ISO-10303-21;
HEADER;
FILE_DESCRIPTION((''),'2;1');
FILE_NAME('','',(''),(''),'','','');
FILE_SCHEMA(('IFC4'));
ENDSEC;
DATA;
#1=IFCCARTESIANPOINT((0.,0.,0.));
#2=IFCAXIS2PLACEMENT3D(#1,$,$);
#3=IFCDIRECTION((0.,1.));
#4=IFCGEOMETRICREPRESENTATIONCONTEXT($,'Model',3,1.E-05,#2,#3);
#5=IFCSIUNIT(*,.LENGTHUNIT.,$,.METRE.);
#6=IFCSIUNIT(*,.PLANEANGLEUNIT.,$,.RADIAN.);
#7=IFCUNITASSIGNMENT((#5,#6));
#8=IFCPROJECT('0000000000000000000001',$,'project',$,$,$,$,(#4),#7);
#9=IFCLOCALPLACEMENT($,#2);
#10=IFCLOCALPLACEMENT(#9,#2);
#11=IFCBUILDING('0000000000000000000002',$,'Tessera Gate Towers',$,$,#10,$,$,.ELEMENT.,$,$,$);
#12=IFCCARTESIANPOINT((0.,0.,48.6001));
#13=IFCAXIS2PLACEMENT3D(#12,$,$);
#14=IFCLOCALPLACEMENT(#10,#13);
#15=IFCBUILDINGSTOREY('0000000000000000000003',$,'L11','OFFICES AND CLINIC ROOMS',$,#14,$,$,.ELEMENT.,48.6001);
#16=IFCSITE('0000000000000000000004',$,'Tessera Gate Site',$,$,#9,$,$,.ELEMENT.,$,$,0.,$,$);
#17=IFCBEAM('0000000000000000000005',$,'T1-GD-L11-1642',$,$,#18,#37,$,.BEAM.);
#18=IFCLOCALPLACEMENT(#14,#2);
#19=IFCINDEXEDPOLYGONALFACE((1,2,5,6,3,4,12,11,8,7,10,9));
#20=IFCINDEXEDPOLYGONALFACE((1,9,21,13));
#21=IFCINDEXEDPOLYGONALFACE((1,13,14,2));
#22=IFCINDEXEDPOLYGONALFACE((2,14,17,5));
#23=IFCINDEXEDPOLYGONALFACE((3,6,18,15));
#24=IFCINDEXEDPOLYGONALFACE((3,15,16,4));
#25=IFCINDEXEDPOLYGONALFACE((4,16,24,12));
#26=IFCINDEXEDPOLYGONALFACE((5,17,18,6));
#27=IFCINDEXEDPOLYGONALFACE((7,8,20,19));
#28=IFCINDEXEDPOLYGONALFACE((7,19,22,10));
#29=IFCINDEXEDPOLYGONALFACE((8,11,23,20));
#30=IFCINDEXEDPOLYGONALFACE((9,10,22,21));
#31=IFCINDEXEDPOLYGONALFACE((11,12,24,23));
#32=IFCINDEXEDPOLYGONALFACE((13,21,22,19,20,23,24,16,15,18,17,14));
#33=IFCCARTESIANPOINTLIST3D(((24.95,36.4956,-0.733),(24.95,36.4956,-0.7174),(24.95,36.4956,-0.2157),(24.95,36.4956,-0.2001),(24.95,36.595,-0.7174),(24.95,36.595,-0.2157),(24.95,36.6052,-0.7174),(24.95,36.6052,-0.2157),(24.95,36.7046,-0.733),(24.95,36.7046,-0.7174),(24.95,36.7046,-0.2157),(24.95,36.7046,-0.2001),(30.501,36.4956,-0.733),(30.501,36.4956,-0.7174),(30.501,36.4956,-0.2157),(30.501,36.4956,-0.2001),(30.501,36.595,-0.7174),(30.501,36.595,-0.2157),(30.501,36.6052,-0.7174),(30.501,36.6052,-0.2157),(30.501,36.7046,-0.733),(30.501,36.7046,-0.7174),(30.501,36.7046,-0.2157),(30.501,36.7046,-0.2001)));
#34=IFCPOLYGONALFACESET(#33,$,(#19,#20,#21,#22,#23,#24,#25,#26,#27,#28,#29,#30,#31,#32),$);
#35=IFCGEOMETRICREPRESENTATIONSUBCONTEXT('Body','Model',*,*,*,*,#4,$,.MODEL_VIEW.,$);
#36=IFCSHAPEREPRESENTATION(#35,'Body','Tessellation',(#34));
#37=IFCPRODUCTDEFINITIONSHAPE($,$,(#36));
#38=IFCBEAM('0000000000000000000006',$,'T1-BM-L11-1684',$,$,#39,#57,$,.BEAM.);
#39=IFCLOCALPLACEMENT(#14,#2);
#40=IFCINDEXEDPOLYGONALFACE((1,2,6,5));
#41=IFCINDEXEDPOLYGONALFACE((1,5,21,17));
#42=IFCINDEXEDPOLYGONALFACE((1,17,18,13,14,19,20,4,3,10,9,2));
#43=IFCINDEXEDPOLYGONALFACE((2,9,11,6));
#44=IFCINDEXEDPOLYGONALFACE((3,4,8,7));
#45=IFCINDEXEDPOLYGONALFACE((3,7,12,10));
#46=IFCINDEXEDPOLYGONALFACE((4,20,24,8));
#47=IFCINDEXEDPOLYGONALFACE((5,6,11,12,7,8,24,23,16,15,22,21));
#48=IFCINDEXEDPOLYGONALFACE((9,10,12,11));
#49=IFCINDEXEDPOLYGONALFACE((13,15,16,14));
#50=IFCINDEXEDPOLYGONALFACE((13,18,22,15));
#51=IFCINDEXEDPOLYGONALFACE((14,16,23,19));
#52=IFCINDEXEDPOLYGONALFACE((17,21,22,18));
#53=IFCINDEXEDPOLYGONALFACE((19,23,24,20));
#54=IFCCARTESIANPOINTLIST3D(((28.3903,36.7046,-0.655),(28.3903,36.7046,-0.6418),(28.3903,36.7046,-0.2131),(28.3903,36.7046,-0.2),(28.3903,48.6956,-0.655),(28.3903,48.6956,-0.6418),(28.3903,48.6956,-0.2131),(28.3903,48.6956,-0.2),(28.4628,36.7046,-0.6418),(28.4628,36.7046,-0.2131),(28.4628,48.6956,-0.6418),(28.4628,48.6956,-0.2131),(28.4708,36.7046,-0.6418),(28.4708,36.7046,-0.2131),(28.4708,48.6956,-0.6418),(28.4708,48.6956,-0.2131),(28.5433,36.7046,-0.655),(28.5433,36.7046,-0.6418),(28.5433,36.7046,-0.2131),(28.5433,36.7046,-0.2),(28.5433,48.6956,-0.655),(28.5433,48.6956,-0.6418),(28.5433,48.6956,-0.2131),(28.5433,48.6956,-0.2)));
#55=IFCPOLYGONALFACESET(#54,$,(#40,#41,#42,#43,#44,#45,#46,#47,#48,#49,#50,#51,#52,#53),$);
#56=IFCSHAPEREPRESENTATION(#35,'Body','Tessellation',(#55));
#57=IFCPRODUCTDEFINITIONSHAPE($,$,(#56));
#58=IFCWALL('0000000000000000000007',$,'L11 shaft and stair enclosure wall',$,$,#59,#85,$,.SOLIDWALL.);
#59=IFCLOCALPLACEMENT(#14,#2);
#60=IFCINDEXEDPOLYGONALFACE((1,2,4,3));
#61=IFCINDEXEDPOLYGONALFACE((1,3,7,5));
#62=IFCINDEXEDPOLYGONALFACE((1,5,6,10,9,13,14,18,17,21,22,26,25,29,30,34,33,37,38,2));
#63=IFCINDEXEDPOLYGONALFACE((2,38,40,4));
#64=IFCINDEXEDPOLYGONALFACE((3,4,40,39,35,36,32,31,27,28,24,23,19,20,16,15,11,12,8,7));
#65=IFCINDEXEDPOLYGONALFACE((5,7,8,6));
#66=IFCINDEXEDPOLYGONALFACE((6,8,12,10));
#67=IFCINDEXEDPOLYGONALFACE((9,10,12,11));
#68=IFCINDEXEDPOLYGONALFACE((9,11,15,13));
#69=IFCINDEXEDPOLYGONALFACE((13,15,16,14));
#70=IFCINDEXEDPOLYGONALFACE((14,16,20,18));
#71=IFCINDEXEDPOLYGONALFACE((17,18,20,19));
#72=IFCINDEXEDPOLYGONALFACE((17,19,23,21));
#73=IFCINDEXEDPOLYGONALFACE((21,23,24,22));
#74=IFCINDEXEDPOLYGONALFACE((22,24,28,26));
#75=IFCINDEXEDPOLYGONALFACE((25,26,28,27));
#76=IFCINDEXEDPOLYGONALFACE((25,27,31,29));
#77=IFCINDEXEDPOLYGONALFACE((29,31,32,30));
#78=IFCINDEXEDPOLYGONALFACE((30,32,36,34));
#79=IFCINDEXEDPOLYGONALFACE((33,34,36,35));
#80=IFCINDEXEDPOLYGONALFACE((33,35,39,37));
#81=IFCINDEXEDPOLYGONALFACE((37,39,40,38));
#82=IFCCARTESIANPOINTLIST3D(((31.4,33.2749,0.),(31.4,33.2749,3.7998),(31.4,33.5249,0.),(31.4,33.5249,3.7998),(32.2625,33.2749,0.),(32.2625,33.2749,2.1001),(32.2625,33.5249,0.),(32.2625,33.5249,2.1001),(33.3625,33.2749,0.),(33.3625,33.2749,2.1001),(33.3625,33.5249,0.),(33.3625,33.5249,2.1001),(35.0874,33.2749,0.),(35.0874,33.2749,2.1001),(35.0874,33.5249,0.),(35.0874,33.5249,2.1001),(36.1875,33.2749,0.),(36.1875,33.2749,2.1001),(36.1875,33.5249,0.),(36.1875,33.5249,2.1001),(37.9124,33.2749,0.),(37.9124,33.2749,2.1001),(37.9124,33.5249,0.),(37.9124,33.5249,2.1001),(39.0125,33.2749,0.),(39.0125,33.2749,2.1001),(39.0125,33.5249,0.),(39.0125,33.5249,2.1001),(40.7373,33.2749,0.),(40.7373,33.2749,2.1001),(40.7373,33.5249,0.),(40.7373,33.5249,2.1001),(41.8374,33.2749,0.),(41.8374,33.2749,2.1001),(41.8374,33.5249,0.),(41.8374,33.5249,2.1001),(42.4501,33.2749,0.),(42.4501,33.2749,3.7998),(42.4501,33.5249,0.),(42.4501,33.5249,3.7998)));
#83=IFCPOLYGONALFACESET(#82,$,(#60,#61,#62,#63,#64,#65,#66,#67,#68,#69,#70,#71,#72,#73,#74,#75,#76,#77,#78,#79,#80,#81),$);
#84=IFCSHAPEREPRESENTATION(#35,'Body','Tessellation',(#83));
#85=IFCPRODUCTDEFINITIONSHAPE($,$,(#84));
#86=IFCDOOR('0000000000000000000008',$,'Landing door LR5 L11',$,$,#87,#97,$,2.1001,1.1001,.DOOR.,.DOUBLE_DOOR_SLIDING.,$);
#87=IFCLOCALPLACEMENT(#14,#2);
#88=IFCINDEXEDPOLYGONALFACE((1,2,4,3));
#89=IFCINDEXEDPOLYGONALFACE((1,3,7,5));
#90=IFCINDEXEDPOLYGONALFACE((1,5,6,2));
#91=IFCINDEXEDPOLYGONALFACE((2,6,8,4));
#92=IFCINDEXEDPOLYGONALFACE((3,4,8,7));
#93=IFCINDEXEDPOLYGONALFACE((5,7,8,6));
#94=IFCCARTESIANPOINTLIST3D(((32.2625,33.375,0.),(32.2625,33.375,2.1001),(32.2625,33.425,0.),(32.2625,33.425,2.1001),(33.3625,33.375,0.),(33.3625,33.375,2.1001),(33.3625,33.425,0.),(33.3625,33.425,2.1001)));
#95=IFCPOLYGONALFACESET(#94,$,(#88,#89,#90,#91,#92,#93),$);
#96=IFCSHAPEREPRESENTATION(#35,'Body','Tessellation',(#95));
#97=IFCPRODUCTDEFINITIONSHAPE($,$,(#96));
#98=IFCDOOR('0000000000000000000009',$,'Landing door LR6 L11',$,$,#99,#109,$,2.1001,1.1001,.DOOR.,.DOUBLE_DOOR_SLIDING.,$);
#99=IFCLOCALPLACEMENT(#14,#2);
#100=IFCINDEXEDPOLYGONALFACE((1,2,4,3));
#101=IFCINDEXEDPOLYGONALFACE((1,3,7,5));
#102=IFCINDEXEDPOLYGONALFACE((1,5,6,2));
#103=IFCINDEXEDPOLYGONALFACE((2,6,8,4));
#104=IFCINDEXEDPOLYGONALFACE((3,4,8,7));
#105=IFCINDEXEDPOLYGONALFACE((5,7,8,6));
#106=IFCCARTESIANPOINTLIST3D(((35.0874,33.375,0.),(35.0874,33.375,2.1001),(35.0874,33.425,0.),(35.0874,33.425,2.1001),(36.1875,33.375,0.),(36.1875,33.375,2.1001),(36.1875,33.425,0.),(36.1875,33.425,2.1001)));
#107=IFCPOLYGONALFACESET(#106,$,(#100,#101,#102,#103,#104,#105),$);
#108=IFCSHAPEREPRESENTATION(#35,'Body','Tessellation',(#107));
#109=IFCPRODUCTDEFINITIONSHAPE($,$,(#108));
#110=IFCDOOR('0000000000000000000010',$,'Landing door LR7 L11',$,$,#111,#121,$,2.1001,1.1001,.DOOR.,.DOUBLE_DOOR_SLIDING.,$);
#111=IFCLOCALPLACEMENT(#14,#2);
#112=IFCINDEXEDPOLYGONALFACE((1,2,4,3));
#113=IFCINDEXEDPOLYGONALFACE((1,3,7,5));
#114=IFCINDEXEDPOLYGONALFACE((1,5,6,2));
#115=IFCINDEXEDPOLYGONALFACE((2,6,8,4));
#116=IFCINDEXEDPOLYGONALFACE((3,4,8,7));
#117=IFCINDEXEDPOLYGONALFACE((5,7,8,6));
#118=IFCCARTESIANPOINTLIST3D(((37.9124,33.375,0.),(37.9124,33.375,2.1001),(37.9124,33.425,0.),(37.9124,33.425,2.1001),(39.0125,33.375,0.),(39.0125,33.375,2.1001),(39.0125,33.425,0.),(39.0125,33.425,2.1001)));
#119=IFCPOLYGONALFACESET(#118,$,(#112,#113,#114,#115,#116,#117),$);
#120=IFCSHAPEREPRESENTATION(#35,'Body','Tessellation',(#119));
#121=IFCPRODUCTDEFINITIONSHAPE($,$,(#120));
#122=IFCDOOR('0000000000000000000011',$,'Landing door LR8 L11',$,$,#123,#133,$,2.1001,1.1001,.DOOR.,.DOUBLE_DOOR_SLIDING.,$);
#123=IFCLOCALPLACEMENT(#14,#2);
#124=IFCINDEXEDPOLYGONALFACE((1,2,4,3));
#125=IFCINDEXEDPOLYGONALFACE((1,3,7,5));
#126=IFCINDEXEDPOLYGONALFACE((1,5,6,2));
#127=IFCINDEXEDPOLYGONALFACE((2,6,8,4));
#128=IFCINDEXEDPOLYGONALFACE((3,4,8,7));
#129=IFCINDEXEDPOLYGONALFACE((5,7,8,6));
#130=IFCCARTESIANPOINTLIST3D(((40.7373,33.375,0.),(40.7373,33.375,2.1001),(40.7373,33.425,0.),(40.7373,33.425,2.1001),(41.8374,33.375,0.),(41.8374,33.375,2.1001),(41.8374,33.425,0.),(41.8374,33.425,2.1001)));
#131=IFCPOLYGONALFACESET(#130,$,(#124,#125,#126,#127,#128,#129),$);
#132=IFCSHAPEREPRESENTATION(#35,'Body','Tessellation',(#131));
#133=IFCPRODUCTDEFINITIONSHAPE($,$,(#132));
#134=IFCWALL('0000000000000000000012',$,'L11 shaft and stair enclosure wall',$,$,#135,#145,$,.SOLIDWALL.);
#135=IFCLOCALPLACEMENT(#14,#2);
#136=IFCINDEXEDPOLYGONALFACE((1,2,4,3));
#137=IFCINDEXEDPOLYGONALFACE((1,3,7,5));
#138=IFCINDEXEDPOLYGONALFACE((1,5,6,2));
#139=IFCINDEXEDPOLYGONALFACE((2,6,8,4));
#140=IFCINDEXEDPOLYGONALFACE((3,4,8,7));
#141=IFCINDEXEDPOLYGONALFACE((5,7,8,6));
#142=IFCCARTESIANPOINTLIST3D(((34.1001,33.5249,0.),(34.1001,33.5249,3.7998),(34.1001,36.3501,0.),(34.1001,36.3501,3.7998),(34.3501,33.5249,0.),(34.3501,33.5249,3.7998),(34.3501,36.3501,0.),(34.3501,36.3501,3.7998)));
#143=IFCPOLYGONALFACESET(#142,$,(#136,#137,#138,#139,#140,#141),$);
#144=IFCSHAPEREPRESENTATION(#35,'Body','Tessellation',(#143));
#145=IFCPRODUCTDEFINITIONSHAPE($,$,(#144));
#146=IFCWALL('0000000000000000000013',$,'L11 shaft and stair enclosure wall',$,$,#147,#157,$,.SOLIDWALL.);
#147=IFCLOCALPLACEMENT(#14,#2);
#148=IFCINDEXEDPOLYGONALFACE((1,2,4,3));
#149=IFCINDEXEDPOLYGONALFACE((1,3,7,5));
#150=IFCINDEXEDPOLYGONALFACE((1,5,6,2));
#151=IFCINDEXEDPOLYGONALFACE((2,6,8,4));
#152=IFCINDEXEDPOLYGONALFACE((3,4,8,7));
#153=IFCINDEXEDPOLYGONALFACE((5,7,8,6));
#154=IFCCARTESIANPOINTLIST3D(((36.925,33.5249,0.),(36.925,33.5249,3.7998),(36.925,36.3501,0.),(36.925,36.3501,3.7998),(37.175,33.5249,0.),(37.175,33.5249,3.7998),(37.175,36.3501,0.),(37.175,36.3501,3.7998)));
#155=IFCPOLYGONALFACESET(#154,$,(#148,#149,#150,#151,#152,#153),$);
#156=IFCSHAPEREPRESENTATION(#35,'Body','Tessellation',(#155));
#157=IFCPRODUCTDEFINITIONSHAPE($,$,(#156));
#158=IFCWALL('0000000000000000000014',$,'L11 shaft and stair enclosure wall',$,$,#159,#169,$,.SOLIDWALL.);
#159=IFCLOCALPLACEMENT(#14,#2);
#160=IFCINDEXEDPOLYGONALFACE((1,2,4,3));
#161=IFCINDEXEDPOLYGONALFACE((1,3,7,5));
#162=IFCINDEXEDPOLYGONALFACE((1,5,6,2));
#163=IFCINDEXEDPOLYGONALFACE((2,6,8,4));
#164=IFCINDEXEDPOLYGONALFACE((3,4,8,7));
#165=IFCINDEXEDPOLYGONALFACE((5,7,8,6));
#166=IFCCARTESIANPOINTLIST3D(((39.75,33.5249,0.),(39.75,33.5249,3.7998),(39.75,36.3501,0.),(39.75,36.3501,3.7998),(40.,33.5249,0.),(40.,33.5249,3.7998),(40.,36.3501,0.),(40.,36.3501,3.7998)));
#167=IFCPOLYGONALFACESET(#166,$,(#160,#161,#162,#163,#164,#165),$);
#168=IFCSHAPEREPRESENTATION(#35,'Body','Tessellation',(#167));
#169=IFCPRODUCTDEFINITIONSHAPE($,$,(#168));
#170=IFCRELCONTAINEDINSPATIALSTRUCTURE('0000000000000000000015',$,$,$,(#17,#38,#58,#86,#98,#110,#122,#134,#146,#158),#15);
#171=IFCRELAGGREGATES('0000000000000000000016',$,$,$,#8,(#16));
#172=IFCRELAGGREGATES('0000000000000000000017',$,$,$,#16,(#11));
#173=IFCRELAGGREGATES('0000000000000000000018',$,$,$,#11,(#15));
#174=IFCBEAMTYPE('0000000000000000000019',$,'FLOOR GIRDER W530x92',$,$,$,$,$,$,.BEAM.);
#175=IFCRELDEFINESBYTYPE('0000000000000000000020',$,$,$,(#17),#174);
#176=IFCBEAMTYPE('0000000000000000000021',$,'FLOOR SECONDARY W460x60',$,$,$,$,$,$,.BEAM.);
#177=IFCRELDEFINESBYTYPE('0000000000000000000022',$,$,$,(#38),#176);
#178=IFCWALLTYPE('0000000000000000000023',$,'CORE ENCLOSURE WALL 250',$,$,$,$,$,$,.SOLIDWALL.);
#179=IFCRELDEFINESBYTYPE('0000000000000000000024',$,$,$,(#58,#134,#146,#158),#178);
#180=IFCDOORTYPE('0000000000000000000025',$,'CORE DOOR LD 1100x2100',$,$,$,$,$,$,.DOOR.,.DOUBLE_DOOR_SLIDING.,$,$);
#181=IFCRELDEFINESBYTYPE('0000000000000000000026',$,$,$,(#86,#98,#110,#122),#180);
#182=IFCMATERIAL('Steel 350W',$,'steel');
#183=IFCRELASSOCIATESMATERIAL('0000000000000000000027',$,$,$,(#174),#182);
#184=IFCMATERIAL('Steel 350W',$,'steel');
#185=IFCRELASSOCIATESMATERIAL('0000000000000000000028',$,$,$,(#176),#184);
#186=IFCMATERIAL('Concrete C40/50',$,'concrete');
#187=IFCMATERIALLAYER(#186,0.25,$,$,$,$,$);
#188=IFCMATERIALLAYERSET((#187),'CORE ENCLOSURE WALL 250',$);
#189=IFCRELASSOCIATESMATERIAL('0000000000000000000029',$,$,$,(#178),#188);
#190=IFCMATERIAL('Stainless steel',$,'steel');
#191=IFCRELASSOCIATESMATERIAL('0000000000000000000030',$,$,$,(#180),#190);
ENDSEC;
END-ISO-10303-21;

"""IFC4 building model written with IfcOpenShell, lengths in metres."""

from ifc_helpers import new_model, si_unit, direction, frame, frame_2d, origin, origin_2d, place, context, subcontext, project, spatial, rectangle, i_section, extrude, source, transform, mapped, material, layer, layer_set, material_profile, profile_set, type_object, element, fill, save


model = new_model("IFC4")

# Units and contexts
model_context = context("Model", 3, precision=1e-05, world=origin(), true_north=direction((0.0, 1.0)))
body_context = subcontext(model_context, "Body", "Model", "MODEL_VIEW")
ifc_project = project(units=[si_unit("LENGTHUNIT", "METRE"), si_unit("PLANEANGLEUNIT", "RADIAN")], contexts=[model_context])

# Site, building, storey
site_placement = place(None, origin())
site = spatial("IfcSite", under=ifc_project, at=site_placement, Name="Tessera Gate Site", CompositionType="ELEMENT", RefElevation=0.0)
building_placement = place(site_placement, origin())
building = spatial("IfcBuilding", under=site, at=building_placement, Name="Tessera Gate Towers", CompositionType="ELEMENT")
storey_placement = place(building_placement, frame((0.0, 0.0, 48.6001)))
storey = spatial("IfcBuildingStorey", under=building, at=storey_placement, Name="L11", Description="OFFICES AND CLINIC ROOMS", CompositionType="ELEMENT", Elevation=48.6001)

# Beams
ifc_material_1 = material(Name="Steel 350W", Category="steel")
ifc_material_profile_1 = material_profile(ifc_material_1, i_section(OverallWidth=0.209, OverallDepth=0.533, WebThickness=0.0103, FlangeThickness=0.0156, at=origin_2d()), Name="W530x92")
ifc_profile_set_1 = profile_set([ifc_material_profile_1], Name="Steel 350W")
beam_type_1 = type_object("IfcBeamType", Name="FLOOR GIRDER W530x92", PredefinedType="BEAM", material=ifc_profile_set_1)
beam_1_placement = place(storey_placement, frame((24.95, 36.6001, -0.4666), z_axis=(1.0, 0.0, 0.0), x_axis=(0.0, 1.0, 0.0)))
element("IfcBeam", 1, at=beam_1_placement, inside=storey, type_object=beam_type_1, Name="T1-GD-L11-1642", PredefinedType="BEAM", context=body_context, shape_type="SweptSolid", body=[
    extrude(i_section(OverallWidth=0.209, OverallDepth=0.533, WebThickness=0.0103, FlangeThickness=0.0156, at=origin_2d()), origin(), (0.0, 0.0, 1.0), 5.551),
])
ifc_material_2 = material(Name="Steel 350W", Category="steel")
ifc_material_profile_2 = material_profile(ifc_material_2, i_section(OverallWidth=0.1531, OverallDepth=0.4551, WebThickness=0.0081, FlangeThickness=0.0132, at=origin_2d()), Name="W460x60")
ifc_profile_set_2 = profile_set([ifc_material_profile_2], Name="Steel 350W")
beam_type_2 = type_object("IfcBeamType", Name="FLOOR SECONDARY W460x60", PredefinedType="BEAM", material=ifc_profile_set_2)
beam_2_placement = place(storey_placement, frame((28.4668, 36.7046, -0.4275), z_axis=(0.0, 1.0, 0.0), x_axis=(-1.0, 0.0, 0.0)))
element("IfcBeam", 2, at=beam_2_placement, inside=storey, type_object=beam_type_2, Name="T1-BM-L11-1684", PredefinedType="BEAM", context=body_context, shape_type="SweptSolid", body=[
    extrude(i_section(OverallWidth=0.1531, OverallDepth=0.4551, WebThickness=0.0081, FlangeThickness=0.0132, at=origin_2d()), origin(), (0.0, 0.0, 1.0), 11.991),
])

# Wall, openings, doors
ifc_material_3 = material(Name="Concrete C40/50", Category="concrete")
ifc_layer_1 = layer(ifc_material_3, 0.25)
ifc_layer_set_1 = layer_set([ifc_layer_1], Name="CORE ENCLOSURE WALL 250")
wall_type_1 = type_object("IfcWallType", Name="CORE ENCLOSURE WALL 250", PredefinedType="SOLIDWALL", material=ifc_layer_set_1)
wall_1_placement = place(storey_placement, frame((42.45, 33.3999, 0.0), z_axis=(0.0, 0.0, 1.0), x_axis=(-1.0, 0.0, 0.0)))
wall_1 = element("IfcWall", 3, at=wall_1_placement, inside=storey, type_object=wall_type_1, Name="L11 shaft and stair enclosure wall", PredefinedType="SOLIDWALL", context=body_context, shape_type="SweptSolid", body=[
    extrude(rectangle(XDim=11.05, YDim=0.25, at=frame_2d((5.5249, 0.0))), origin(), (0.0, 0.0, 1.0), 3.7998),
])
shared_shape_1 = source(origin(), body_context, "Body", "SweptSolid", [
    extrude(rectangle(XDim=1.1001, YDim=2.1001, at=frame_2d((0.55, 1.05))), frame((0.0, 0.135, 0.0), z_axis=(0.0, -1.0, 0.0), x_axis=(1.0, 0.0, 0.0)), (0.0, 0.0, 1.0), 0.27),
])
opening_1_placement = place(wall_1_placement, frame((9.0874, 0.0, 0.0)))
opening_1 = element("IfcOpeningElement", 4, at=opening_1_placement, cuts=wall_1, PredefinedType="OPENING", context=body_context, shape_type="MappedRepresentation", body=[
    mapped(shared_shape_1, transform((0.0, 0.0, 0.0), scale=1.0)),
])
opening_2_placement = place(wall_1_placement, frame((6.2625, 0.0, 0.0)))
opening_2 = element("IfcOpeningElement", 5, at=opening_2_placement, cuts=wall_1, PredefinedType="OPENING", context=body_context, shape_type="MappedRepresentation", body=[
    mapped(shared_shape_1, transform((0.0, 0.0, 0.0), scale=1.0)),
])
opening_3_placement = place(wall_1_placement, frame((3.4375, 0.0, 0.0)))
opening_3 = element("IfcOpeningElement", 6, at=opening_3_placement, cuts=wall_1, PredefinedType="OPENING", context=body_context, shape_type="MappedRepresentation", body=[
    mapped(shared_shape_1, transform((0.0, 0.0, 0.0), scale=1.0)),
])
opening_4_placement = place(wall_1_placement, frame((0.6125, 0.0, 0.0)))
opening_4 = element("IfcOpeningElement", 7, at=opening_4_placement, cuts=wall_1, PredefinedType="OPENING", context=body_context, shape_type="MappedRepresentation", body=[
    mapped(shared_shape_1, transform((0.0, 0.0, 0.0), scale=1.0)),
])
ifc_material_4 = material(Name="Stainless steel", Category="steel")
door_type_1 = type_object("IfcDoorType", Name="CORE DOOR LD 1100x2100", OperationType="DOUBLE_DOOR_SLIDING", PredefinedType="DOOR", material=ifc_material_4)
shared_shape_2 = source(origin(), body_context, "Body", "SweptSolid", [
    extrude(rectangle(XDim=1.1001, YDim=2.1001, at=frame_2d((0.55, 1.05))), frame((0.0, 0.0249, 0.0), z_axis=(0.0, -1.0, 0.0), x_axis=(1.0, 0.0, 0.0)), (0.0, 0.0, 1.0), 0.05),
])
door_1_placement = place(opening_1_placement, origin())
door_1 = element("IfcDoor", 8, at=door_1_placement, inside=storey, type_object=door_type_1, Name="Landing door LR5 L11", OperationType="DOUBLE_DOOR_SLIDING", OverallHeight=2.1001, OverallWidth=1.1001, PredefinedType="DOOR", context=body_context, shape_type="MappedRepresentation", body=[
    mapped(shared_shape_2, transform((0.0, 0.0, 0.0), scale=1.0)),
])
fill(opening_1, door_1)
door_2_placement = place(opening_2_placement, origin())
door_2 = element("IfcDoor", 9, at=door_2_placement, inside=storey, type_object=door_type_1, Name="Landing door LR6 L11", OperationType="DOUBLE_DOOR_SLIDING", OverallHeight=2.1001, OverallWidth=1.1001, PredefinedType="DOOR", context=body_context, shape_type="MappedRepresentation", body=[
    mapped(shared_shape_2, transform((0.0, 0.0, 0.0), scale=1.0)),
])
fill(opening_2, door_2)
door_3_placement = place(opening_3_placement, origin())
door_3 = element("IfcDoor", 10, at=door_3_placement, inside=storey, type_object=door_type_1, Name="Landing door LR7 L11", OperationType="DOUBLE_DOOR_SLIDING", OverallHeight=2.1001, OverallWidth=1.1001, PredefinedType="DOOR", context=body_context, shape_type="MappedRepresentation", body=[
    mapped(shared_shape_2, transform((0.0, 0.0, 0.0), scale=1.0)),
])
fill(opening_3, door_3)
door_4_placement = place(opening_4_placement, origin())
door_4 = element("IfcDoor", 11, at=door_4_placement, inside=storey, type_object=door_type_1, Name="Landing door LR8 L11", OperationType="DOUBLE_DOOR_SLIDING", OverallHeight=2.1001, OverallWidth=1.1001, PredefinedType="DOOR", context=body_context, shape_type="MappedRepresentation", body=[
    mapped(shared_shape_2, transform((0.0, 0.0, 0.0), scale=1.0)),
])
fill(opening_4, door_4)

# Walls
for number, where, z_axis, x_axis, name in (
    (12, (34.2251, 33.5249, 0.0), (0.0, 0.0, 1.0), (0.0, 1.0, 0.0), "L11 shaft and stair enclosure wall"),
    (13, (37.05, 33.5249, 0.0), (0.0, 0.0, 1.0), (0.0, 1.0, 0.0), "L11 shaft and stair enclosure wall"),
    (14, (39.875, 33.5249, 0.0), (0.0, 0.0, 1.0), (0.0, 1.0, 0.0), "L11 shaft and stair enclosure wall"),
):
    element("IfcWall", number, at=place(storey_placement, frame(where, z_axis=z_axis, x_axis=x_axis)), inside=storey, type_object=wall_type_1, Name=name, PredefinedType="SOLIDWALL", context=body_context, shape_type="SweptSolid", body=[
        extrude(rectangle(XDim=2.8252, YDim=0.25, at=frame_2d((1.4126, 0.0))), origin(), (0.0, 0.0, 1.0), 3.7998),
    ])

save(model, "model.ifc")
